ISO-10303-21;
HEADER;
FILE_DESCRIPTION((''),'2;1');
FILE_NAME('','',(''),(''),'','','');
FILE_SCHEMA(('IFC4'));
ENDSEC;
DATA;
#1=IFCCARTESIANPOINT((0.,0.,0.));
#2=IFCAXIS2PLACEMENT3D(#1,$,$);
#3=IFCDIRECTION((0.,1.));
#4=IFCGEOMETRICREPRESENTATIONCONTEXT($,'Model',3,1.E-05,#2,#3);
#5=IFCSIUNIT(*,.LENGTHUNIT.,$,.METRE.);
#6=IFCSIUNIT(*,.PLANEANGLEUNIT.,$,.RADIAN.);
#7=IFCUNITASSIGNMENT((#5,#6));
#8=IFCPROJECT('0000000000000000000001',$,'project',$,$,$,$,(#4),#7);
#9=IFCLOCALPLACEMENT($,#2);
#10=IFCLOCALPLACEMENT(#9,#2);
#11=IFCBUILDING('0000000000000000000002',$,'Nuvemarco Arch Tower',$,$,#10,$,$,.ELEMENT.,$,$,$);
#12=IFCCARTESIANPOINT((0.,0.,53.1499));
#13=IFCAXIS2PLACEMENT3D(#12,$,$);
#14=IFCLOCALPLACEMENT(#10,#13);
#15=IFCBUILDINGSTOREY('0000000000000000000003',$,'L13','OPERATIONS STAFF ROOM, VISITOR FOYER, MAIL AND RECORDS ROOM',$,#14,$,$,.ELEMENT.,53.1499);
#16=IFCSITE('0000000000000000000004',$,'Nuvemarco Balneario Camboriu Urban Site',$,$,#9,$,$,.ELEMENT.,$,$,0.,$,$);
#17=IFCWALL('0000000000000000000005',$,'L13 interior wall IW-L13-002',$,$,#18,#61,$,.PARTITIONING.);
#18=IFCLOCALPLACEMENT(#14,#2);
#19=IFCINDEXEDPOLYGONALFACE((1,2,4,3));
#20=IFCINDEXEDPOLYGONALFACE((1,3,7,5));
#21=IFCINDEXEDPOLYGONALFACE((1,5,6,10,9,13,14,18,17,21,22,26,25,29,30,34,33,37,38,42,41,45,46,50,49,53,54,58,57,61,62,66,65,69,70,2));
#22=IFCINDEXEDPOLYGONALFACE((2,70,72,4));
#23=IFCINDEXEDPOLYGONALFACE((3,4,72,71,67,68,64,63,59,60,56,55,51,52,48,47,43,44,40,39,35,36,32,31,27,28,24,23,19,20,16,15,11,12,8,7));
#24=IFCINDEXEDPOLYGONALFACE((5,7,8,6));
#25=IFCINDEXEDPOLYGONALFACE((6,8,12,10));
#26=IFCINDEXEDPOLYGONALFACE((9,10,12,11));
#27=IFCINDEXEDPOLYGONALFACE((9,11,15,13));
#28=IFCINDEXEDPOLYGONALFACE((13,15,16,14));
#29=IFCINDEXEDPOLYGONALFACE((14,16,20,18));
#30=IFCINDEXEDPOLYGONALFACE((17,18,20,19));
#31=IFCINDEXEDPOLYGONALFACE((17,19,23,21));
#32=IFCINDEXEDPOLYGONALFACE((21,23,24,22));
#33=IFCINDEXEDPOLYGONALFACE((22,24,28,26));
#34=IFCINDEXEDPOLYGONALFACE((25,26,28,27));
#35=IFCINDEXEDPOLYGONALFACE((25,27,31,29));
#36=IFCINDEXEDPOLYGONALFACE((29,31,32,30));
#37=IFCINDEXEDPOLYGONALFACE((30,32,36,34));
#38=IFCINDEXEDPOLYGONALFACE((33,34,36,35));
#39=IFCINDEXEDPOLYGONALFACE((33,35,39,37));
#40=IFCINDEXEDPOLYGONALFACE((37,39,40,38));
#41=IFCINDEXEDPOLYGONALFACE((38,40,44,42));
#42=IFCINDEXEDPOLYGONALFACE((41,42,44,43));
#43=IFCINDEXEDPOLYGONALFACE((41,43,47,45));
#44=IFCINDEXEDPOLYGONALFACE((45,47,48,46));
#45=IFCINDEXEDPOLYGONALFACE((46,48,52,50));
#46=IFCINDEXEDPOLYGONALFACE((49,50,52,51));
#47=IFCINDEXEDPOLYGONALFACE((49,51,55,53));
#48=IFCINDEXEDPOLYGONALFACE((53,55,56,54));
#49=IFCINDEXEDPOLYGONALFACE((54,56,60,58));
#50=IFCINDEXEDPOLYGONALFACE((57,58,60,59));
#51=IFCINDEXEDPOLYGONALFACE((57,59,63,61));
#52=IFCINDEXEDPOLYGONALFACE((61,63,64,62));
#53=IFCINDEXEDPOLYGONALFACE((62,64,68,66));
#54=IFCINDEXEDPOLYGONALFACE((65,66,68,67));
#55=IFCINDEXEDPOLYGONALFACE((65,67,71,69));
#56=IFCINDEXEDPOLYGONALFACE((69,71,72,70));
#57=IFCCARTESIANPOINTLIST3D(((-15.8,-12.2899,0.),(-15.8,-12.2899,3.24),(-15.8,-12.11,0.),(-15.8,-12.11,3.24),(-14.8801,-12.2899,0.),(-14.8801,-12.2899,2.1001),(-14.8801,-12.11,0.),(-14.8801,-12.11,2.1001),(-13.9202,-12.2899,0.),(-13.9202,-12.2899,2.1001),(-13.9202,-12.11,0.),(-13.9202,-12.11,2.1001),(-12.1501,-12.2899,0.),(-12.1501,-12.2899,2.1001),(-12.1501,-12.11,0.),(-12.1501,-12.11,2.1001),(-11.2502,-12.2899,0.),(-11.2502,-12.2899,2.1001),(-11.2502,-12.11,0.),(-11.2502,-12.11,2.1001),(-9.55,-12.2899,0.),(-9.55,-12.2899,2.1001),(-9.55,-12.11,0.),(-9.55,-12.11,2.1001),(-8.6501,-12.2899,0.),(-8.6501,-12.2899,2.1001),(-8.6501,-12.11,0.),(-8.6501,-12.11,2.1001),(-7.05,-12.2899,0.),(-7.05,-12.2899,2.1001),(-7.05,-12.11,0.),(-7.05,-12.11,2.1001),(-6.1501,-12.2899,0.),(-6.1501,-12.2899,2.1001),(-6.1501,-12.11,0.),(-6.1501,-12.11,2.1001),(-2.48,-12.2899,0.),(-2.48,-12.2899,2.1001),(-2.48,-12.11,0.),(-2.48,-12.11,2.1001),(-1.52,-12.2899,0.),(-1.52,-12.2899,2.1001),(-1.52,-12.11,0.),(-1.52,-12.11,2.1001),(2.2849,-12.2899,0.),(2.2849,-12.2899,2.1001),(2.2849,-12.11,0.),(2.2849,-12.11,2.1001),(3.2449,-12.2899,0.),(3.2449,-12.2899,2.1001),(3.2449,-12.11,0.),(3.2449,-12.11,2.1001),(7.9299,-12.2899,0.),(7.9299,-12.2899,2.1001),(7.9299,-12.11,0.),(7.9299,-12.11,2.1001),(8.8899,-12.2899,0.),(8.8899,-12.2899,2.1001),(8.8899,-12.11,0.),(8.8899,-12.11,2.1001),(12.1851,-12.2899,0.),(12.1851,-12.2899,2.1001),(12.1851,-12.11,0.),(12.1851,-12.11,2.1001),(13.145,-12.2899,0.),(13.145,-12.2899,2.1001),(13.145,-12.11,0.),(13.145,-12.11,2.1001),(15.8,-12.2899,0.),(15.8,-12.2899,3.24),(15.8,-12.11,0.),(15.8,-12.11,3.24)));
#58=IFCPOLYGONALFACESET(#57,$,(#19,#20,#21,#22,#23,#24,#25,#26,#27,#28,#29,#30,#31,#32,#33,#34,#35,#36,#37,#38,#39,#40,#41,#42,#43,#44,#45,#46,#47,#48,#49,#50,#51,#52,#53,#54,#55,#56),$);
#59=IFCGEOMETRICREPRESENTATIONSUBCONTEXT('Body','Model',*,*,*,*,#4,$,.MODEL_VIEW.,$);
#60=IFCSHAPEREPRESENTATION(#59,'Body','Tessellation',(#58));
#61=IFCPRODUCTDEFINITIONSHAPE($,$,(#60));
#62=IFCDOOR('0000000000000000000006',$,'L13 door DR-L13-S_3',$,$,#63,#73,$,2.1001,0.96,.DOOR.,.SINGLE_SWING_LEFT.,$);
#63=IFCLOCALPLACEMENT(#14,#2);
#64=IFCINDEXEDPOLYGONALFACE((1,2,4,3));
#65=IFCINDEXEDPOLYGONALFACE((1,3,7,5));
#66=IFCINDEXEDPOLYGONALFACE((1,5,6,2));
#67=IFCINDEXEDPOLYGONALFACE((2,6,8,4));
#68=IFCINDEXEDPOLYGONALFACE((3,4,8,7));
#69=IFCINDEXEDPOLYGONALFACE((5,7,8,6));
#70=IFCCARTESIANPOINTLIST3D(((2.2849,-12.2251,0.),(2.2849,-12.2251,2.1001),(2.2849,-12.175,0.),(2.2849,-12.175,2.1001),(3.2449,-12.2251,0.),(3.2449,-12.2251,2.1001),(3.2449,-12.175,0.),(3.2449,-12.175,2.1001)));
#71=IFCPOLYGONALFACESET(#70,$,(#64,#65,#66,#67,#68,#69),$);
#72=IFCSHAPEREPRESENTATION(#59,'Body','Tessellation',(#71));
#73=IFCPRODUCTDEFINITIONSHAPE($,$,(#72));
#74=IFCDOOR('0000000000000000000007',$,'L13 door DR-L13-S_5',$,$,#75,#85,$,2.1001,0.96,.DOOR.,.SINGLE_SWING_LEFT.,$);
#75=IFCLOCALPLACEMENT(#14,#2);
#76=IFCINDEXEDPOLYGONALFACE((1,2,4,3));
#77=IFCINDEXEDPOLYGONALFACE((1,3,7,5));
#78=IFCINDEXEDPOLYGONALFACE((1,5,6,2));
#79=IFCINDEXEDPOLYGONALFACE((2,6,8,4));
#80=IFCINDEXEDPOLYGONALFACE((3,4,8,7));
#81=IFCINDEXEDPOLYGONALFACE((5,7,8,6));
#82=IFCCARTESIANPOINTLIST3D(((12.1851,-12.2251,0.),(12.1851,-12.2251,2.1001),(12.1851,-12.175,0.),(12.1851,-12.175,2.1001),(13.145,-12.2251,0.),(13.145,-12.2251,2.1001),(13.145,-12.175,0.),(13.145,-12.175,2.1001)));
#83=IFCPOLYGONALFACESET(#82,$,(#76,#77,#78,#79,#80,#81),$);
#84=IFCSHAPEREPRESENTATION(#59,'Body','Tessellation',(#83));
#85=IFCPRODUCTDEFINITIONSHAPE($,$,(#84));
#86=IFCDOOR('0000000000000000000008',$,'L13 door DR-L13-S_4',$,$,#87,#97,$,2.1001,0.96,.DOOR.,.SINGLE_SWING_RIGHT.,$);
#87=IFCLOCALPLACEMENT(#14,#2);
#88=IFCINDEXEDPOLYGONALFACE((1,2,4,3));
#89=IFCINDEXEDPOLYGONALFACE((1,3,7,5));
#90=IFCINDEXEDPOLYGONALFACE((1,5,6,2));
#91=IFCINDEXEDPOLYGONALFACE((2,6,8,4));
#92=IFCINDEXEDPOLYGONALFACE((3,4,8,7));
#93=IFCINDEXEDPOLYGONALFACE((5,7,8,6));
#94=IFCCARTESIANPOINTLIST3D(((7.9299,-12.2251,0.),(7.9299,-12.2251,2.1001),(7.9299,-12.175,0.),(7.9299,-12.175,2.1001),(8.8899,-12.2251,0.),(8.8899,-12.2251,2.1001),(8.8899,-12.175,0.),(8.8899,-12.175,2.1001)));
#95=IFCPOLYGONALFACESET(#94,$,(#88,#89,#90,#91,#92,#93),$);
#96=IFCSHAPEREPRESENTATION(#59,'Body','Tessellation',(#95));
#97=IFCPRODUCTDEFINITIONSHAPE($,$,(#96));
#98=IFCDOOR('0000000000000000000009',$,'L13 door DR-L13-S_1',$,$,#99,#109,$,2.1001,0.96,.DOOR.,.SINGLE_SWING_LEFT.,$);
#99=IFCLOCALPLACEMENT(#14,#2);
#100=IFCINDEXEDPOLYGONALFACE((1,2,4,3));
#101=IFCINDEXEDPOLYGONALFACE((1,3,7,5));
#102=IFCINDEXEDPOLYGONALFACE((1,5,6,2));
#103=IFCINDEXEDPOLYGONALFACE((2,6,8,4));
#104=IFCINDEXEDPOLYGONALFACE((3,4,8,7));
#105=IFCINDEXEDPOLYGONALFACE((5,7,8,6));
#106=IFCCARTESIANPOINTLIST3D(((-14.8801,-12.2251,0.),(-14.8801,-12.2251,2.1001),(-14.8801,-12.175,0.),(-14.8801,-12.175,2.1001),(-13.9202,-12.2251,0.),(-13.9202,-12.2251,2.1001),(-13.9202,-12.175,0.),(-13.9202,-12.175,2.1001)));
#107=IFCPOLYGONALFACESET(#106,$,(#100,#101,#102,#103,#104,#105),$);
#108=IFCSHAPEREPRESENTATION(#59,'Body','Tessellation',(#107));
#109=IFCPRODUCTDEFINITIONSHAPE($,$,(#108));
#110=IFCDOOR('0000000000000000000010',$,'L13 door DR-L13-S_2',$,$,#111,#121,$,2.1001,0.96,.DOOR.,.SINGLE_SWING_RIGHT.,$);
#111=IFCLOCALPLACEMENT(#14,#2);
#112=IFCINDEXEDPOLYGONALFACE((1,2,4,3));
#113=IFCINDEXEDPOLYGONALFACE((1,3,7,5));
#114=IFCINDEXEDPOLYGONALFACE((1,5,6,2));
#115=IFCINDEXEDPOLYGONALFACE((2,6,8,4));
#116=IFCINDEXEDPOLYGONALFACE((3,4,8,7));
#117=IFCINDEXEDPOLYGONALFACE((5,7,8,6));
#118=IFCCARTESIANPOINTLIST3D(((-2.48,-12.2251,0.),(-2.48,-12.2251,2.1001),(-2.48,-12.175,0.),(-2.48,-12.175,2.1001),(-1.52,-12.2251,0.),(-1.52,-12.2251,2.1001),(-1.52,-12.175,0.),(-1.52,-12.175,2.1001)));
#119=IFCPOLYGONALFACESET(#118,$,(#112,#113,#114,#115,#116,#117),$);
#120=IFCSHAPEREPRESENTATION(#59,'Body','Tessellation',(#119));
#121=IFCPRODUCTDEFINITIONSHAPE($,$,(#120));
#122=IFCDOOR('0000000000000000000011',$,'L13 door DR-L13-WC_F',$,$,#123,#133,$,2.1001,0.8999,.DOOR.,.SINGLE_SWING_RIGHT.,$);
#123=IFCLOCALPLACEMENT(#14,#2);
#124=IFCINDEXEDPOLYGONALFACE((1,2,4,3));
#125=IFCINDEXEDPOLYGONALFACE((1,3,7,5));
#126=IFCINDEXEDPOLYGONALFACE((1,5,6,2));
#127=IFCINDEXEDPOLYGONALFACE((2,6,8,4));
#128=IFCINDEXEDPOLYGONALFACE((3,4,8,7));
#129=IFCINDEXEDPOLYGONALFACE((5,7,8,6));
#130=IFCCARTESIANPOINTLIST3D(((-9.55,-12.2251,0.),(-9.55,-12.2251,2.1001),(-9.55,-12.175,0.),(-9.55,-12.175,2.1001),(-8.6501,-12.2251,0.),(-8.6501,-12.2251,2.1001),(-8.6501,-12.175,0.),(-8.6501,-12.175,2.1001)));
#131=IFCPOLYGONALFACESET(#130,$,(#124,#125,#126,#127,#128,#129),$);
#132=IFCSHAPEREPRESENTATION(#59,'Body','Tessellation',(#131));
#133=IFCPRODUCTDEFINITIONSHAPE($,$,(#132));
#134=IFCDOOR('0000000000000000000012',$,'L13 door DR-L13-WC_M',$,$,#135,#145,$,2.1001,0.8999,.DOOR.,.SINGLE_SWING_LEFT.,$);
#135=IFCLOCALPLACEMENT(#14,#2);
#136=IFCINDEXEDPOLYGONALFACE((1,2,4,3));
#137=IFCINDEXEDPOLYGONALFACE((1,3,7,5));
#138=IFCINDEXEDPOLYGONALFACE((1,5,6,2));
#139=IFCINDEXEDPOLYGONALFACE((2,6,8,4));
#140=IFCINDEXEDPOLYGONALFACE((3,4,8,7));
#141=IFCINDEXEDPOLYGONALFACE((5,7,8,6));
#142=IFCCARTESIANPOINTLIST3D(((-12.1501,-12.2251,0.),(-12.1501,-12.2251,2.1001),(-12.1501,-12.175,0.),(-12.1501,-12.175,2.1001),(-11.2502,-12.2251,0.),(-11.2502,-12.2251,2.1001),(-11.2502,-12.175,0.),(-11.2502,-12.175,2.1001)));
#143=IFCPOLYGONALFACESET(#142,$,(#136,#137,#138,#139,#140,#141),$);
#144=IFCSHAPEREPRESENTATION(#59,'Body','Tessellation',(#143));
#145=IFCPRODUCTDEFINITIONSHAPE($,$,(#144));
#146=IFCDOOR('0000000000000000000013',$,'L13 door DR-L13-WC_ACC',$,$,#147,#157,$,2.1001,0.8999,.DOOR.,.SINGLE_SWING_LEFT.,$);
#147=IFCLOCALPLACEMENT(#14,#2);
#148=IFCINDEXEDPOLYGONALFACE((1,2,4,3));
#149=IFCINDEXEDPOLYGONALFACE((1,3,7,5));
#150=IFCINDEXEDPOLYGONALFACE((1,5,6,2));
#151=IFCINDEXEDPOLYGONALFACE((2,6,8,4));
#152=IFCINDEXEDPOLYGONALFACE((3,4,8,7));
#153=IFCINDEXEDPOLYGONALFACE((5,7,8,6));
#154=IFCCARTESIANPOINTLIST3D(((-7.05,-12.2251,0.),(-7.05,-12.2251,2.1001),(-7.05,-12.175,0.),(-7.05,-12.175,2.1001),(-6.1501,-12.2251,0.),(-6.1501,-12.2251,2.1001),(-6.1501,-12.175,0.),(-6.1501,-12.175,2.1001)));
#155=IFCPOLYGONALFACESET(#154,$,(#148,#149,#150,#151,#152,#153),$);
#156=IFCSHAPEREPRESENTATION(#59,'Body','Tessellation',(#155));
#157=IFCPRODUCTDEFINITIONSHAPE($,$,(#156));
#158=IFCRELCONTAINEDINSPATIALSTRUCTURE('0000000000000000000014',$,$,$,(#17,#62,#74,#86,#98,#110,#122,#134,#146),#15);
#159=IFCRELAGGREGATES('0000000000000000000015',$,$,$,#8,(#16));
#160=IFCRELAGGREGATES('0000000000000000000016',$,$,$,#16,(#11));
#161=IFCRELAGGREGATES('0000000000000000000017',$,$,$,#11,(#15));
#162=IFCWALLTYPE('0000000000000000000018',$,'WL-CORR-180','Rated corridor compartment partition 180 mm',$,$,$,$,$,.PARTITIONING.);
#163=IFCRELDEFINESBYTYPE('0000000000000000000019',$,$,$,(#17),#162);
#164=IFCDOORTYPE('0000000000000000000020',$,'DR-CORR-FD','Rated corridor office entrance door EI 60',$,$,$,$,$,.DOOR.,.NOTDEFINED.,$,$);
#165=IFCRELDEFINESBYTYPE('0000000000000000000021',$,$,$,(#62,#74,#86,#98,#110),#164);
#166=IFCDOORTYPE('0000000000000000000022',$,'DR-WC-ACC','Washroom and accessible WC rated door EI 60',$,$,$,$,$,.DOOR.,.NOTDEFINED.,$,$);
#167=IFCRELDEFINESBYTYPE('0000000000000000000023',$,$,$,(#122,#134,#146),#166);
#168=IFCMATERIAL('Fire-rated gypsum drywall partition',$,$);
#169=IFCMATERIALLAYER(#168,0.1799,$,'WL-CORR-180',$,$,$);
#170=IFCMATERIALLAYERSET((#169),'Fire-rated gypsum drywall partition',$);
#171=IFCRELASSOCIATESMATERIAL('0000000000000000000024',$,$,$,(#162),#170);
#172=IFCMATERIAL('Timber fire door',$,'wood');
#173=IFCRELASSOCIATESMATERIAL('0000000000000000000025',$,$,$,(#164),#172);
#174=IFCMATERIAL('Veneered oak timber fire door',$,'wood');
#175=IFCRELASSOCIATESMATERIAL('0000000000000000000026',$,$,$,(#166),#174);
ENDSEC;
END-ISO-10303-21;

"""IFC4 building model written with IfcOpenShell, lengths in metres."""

from ifc_helpers import new_model, si_unit, direction, frame, frame_2d, origin, place, context, subcontext, project, spatial, rectangle, extrude, source, transform, mapped, material, layer, layer_set, type_object, type_shapes, element, fill, save


model = new_model("IFC4")

# Units and contexts
model_context = context("Model", 3, precision=1e-05, world=origin(), true_north=direction((0.0, 1.0)))
body_context = subcontext(model_context, "Body", "Model", "MODEL_VIEW")
ifc_project = project(units=[si_unit("LENGTHUNIT", "METRE"), si_unit("PLANEANGLEUNIT", "RADIAN")], contexts=[model_context])

# Site, building, storey
site_placement = place(None, origin())
site = spatial("IfcSite", under=ifc_project, at=site_placement, Name="Nuvemarco Balneario Camboriu Urban Site", CompositionType="ELEMENT", RefElevation=0.0)
building_placement = place(site_placement, origin())
building = spatial("IfcBuilding", under=site, at=building_placement, Name="Nuvemarco Arch Tower", CompositionType="ELEMENT")
storey_placement = place(building_placement, frame((0.0, 0.0, 53.1499)))
storey = spatial("IfcBuildingStorey", under=building, at=storey_placement, Name="L13", Description="OPERATIONS STAFF ROOM, VISITOR FOYER, MAIL AND RECORDS ROOM", CompositionType="ELEMENT", Elevation=53.1499)

# Shared definitions
ifc_material_1 = material(Name="Fire-rated gypsum drywall partition")
ifc_layer_1 = layer(ifc_material_1, 0.1799, Name="WL-CORR-180")
ifc_layer_set_1 = layer_set([ifc_layer_1], Name="Fire-rated gypsum drywall partition")
wall_type_1 = type_object("IfcWallType", Name="WL-CORR-180", Description="Rated corridor compartment partition 180 mm", PredefinedType="PARTITIONING", material=ifc_layer_set_1)

# Wall, openings, doors
wall_1_placement = place(storey_placement, frame((-15.8, -12.2, 0.0), z_axis=(0.0, 0.0, 1.0), x_axis=(1.0, 0.0, 0.0)))
wall_1 = element("IfcWall", 1, at=wall_1_placement, inside=storey, type_object=wall_type_1, Name="L13 interior wall IW-L13-002", PredefinedType="PARTITIONING", context=body_context, shape_type="SweptSolid", body=[
    extrude(rectangle(XDim=31.6001, YDim=0.1799, at=frame_2d((15.8, 0.0))), origin(), (0.0, 0.0, 1.0), 3.24),
])
opening_1_placement = place(wall_1_placement, frame((18.085, 0.0, 0.0)))
opening_1 = element("IfcOpeningElement", 2, at=opening_1_placement, cuts=wall_1, PredefinedType="OPENING", context=body_context, shape_type="SweptSolid", body=[
    extrude(rectangle(XDim=0.96, YDim=2.1001, at=frame_2d((0.48, 1.05))), frame((0.0, 0.0999, 0.0), z_axis=(0.0, -1.0, 0.0), x_axis=(1.0, 0.0, 0.0)), (0.0, 0.0, 1.0), 0.2),
])
opening_2_placement = place(wall_1_placement, frame((27.9851, 0.0, 0.0)))
opening_2 = element("IfcOpeningElement", 3, at=opening_2_placement, cuts=wall_1, PredefinedType="OPENING", context=body_context, shape_type="SweptSolid", body=[
    extrude(rectangle(XDim=0.96, YDim=2.1001, at=frame_2d((0.48, 1.05))), frame((0.0, 0.0999, 0.0), z_axis=(0.0, -1.0, 0.0), x_axis=(1.0, 0.0, 0.0)), (0.0, 0.0, 1.0), 0.2),
])
opening_3_placement = place(wall_1_placement, frame((23.73, 0.0, 0.0)))
opening_3 = element("IfcOpeningElement", 4, at=opening_3_placement, cuts=wall_1, PredefinedType="OPENING", context=body_context, shape_type="SweptSolid", body=[
    extrude(rectangle(XDim=0.96, YDim=2.1001, at=frame_2d((0.48, 1.05))), frame((0.0, 0.0999, 0.0), z_axis=(0.0, -1.0, 0.0), x_axis=(1.0, 0.0, 0.0)), (0.0, 0.0, 1.0), 0.2),
])
opening_4_placement = place(wall_1_placement, frame((0.9199, 0.0, 0.0)))
opening_4 = element("IfcOpeningElement", 5, at=opening_4_placement, cuts=wall_1, PredefinedType="OPENING", context=body_context, shape_type="SweptSolid", body=[
    extrude(rectangle(XDim=0.96, YDim=2.1001, at=frame_2d((0.48, 1.05))), frame((0.0, 0.0999, 0.0), z_axis=(0.0, -1.0, 0.0), x_axis=(1.0, 0.0, 0.0)), (0.0, 0.0, 1.0), 0.2),
])
opening_5_placement = place(wall_1_placement, frame((6.25, 0.0, 0.0)))
opening_5 = element("IfcOpeningElement", 6, at=opening_5_placement, cuts=wall_1, PredefinedType="OPENING", context=body_context, shape_type="SweptSolid", body=[
    extrude(rectangle(XDim=0.8999, YDim=2.1001, at=frame_2d((0.45, 1.05))), frame((0.0, 0.0999, 0.0), z_axis=(0.0, -1.0, 0.0), x_axis=(1.0, 0.0, 0.0)), (0.0, 0.0, 1.0), 0.2),
])
opening_6_placement = place(wall_1_placement, frame((3.6499, 0.0, 0.0)))
opening_6 = element("IfcOpeningElement", 7, at=opening_6_placement, cuts=wall_1, PredefinedType="OPENING", context=body_context, shape_type="SweptSolid", body=[
    extrude(rectangle(XDim=0.8999, YDim=2.1001, at=frame_2d((0.45, 1.05))), frame((0.0, 0.0999, 0.0), z_axis=(0.0, -1.0, 0.0), x_axis=(1.0, 0.0, 0.0)), (0.0, 0.0, 1.0), 0.2),
])
opening_7_placement = place(wall_1_placement, frame((13.3201, 0.0, 0.0)))
opening_7 = element("IfcOpeningElement", 8, at=opening_7_placement, cuts=wall_1, PredefinedType="OPENING", context=body_context, shape_type="SweptSolid", body=[
    extrude(rectangle(XDim=0.96, YDim=2.1001, at=frame_2d((0.48, 1.05))), frame((0.0, 0.0999, 0.0), z_axis=(0.0, -1.0, 0.0), x_axis=(1.0, 0.0, 0.0)), (0.0, 0.0, 1.0), 0.2),
])
opening_8_placement = place(wall_1_placement, frame((8.75, 0.0, 0.0)))
opening_8 = element("IfcOpeningElement", 9, at=opening_8_placement, cuts=wall_1, PredefinedType="OPENING", context=body_context, shape_type="SweptSolid", body=[
    extrude(rectangle(XDim=0.8999, YDim=2.1001, at=frame_2d((0.45, 1.05))), frame((0.0, 0.0999, 0.0), z_axis=(0.0, -1.0, 0.0), x_axis=(1.0, 0.0, 0.0)), (0.0, 0.0, 1.0), 0.2),
])
ifc_material_2 = material(Name="Timber fire door", Category="wood")
door_type_1 = type_object("IfcDoorType", Name="DR-CORR-FD", Description="Rated corridor office entrance door EI 60", OperationType="NOTDEFINED", PredefinedType="DOOR", material=ifc_material_2)
shared_shape_1 = source(origin(), body_context, "Body", "SweptSolid", [
    extrude(rectangle(XDim=0.96, YDim=2.1001, at=frame_2d((0.48, 1.05))), frame((0.0, 0.0249, 0.0), z_axis=(0.0, -1.0, 0.0), x_axis=(1.0, 0.0, 0.0)), (0.0, 0.0, 1.0), 0.05),
])
type_shapes(door_type_1, [shared_shape_1])
door_1_placement = place(opening_1_placement, origin())
door_1 = element("IfcDoor", 10, at=door_1_placement, inside=storey, type_object=door_type_1, Name="L13 door DR-L13-S_3", OperationType="SINGLE_SWING_LEFT", OverallHeight=2.1001, OverallWidth=0.96, PredefinedType="DOOR", context=body_context, shape_type="MappedRepresentation", body=[
    mapped(shared_shape_1, transform((0.0, 0.0, 0.0), scale=1.0)),
])
fill(opening_1, door_1)
door_2_placement = place(opening_2_placement, origin())
door_2 = element("IfcDoor", 11, at=door_2_placement, inside=storey, type_object=door_type_1, Name="L13 door DR-L13-S_5", OperationType="SINGLE_SWING_LEFT", OverallHeight=2.1001, OverallWidth=0.96, PredefinedType="DOOR", context=body_context, shape_type="MappedRepresentation", body=[
    mapped(shared_shape_1, transform((0.0, 0.0, 0.0), scale=1.0)),
])
fill(opening_2, door_2)
door_3_placement = place(opening_3_placement, origin())
door_3 = element("IfcDoor", 12, at=door_3_placement, inside=storey, type_object=door_type_1, Name="L13 door DR-L13-S_4", OperationType="SINGLE_SWING_RIGHT", OverallHeight=2.1001, OverallWidth=0.96, PredefinedType="DOOR", context=body_context, shape_type="MappedRepresentation", body=[
    mapped(shared_shape_1, transform((0.0, 0.0, 0.0), scale=1.0)),
])
fill(opening_3, door_3)
door_4_placement = place(opening_4_placement, origin())
door_4 = element("IfcDoor", 13, at=door_4_placement, inside=storey, type_object=door_type_1, Name="L13 door DR-L13-S_1", OperationType="SINGLE_SWING_LEFT", OverallHeight=2.1001, OverallWidth=0.96, PredefinedType="DOOR", context=body_context, shape_type="MappedRepresentation", body=[
    mapped(shared_shape_1, transform((0.0, 0.0, 0.0), scale=1.0)),
])
fill(opening_4, door_4)
door_5_placement = place(opening_7_placement, origin())
door_5 = element("IfcDoor", 14, at=door_5_placement, inside=storey, type_object=door_type_1, Name="L13 door DR-L13-S_2", OperationType="SINGLE_SWING_RIGHT", OverallHeight=2.1001, OverallWidth=0.96, PredefinedType="DOOR", context=body_context, shape_type="MappedRepresentation", body=[
    mapped(shared_shape_1, transform((0.0, 0.0, 0.0), scale=1.0)),
])
fill(opening_7, door_5)
ifc_material_3 = material(Name="Veneered oak timber fire door", Category="wood")
door_type_2 = type_object("IfcDoorType", Name="DR-WC-ACC", Description="Washroom and accessible WC rated door EI 60", OperationType="NOTDEFINED", PredefinedType="DOOR", material=ifc_material_3)
shared_shape_2 = source(origin(), body_context, "Body", "SweptSolid", [
    extrude(rectangle(XDim=0.8999, YDim=2.1001, at=frame_2d((0.45, 1.05))), frame((0.0, 0.0249, 0.0), z_axis=(0.0, -1.0, 0.0), x_axis=(1.0, 0.0, 0.0)), (0.0, 0.0, 1.0), 0.05),
])
type_shapes(door_type_2, [shared_shape_2])
door_6_placement = place(opening_5_placement, origin())
door_6 = element("IfcDoor", 15, at=door_6_placement, inside=storey, type_object=door_type_2, Name="L13 door DR-L13-WC_F", OperationType="SINGLE_SWING_RIGHT", OverallHeight=2.1001, OverallWidth=0.8999, PredefinedType="DOOR", context=body_context, shape_type="MappedRepresentation", body=[
    mapped(shared_shape_2, transform((0.0, 0.0, 0.0), scale=1.0)),
])
fill(opening_5, door_6)
door_7_placement = place(opening_6_placement, origin())
door_7 = element("IfcDoor", 16, at=door_7_placement, inside=storey, type_object=door_type_2, Name="L13 door DR-L13-WC_M", OperationType="SINGLE_SWING_LEFT", OverallHeight=2.1001, OverallWidth=0.8999, PredefinedType="DOOR", context=body_context, shape_type="MappedRepresentation", body=[
    mapped(shared_shape_2, transform((0.0, 0.0, 0.0), scale=1.0)),
])
fill(opening_6, door_7)
door_8_placement = place(opening_8_placement, origin())
door_8 = element("IfcDoor", 17, at=door_8_placement, inside=storey, type_object=door_type_2, Name="L13 door DR-L13-WC_ACC", OperationType="SINGLE_SWING_LEFT", OverallHeight=2.1001, OverallWidth=0.8999, PredefinedType="DOOR", context=body_context, shape_type="MappedRepresentation", body=[
    mapped(shared_shape_2, transform((0.0, 0.0, 0.0), scale=1.0)),
])
fill(opening_8, door_8)

save(model, "model.ifc")
